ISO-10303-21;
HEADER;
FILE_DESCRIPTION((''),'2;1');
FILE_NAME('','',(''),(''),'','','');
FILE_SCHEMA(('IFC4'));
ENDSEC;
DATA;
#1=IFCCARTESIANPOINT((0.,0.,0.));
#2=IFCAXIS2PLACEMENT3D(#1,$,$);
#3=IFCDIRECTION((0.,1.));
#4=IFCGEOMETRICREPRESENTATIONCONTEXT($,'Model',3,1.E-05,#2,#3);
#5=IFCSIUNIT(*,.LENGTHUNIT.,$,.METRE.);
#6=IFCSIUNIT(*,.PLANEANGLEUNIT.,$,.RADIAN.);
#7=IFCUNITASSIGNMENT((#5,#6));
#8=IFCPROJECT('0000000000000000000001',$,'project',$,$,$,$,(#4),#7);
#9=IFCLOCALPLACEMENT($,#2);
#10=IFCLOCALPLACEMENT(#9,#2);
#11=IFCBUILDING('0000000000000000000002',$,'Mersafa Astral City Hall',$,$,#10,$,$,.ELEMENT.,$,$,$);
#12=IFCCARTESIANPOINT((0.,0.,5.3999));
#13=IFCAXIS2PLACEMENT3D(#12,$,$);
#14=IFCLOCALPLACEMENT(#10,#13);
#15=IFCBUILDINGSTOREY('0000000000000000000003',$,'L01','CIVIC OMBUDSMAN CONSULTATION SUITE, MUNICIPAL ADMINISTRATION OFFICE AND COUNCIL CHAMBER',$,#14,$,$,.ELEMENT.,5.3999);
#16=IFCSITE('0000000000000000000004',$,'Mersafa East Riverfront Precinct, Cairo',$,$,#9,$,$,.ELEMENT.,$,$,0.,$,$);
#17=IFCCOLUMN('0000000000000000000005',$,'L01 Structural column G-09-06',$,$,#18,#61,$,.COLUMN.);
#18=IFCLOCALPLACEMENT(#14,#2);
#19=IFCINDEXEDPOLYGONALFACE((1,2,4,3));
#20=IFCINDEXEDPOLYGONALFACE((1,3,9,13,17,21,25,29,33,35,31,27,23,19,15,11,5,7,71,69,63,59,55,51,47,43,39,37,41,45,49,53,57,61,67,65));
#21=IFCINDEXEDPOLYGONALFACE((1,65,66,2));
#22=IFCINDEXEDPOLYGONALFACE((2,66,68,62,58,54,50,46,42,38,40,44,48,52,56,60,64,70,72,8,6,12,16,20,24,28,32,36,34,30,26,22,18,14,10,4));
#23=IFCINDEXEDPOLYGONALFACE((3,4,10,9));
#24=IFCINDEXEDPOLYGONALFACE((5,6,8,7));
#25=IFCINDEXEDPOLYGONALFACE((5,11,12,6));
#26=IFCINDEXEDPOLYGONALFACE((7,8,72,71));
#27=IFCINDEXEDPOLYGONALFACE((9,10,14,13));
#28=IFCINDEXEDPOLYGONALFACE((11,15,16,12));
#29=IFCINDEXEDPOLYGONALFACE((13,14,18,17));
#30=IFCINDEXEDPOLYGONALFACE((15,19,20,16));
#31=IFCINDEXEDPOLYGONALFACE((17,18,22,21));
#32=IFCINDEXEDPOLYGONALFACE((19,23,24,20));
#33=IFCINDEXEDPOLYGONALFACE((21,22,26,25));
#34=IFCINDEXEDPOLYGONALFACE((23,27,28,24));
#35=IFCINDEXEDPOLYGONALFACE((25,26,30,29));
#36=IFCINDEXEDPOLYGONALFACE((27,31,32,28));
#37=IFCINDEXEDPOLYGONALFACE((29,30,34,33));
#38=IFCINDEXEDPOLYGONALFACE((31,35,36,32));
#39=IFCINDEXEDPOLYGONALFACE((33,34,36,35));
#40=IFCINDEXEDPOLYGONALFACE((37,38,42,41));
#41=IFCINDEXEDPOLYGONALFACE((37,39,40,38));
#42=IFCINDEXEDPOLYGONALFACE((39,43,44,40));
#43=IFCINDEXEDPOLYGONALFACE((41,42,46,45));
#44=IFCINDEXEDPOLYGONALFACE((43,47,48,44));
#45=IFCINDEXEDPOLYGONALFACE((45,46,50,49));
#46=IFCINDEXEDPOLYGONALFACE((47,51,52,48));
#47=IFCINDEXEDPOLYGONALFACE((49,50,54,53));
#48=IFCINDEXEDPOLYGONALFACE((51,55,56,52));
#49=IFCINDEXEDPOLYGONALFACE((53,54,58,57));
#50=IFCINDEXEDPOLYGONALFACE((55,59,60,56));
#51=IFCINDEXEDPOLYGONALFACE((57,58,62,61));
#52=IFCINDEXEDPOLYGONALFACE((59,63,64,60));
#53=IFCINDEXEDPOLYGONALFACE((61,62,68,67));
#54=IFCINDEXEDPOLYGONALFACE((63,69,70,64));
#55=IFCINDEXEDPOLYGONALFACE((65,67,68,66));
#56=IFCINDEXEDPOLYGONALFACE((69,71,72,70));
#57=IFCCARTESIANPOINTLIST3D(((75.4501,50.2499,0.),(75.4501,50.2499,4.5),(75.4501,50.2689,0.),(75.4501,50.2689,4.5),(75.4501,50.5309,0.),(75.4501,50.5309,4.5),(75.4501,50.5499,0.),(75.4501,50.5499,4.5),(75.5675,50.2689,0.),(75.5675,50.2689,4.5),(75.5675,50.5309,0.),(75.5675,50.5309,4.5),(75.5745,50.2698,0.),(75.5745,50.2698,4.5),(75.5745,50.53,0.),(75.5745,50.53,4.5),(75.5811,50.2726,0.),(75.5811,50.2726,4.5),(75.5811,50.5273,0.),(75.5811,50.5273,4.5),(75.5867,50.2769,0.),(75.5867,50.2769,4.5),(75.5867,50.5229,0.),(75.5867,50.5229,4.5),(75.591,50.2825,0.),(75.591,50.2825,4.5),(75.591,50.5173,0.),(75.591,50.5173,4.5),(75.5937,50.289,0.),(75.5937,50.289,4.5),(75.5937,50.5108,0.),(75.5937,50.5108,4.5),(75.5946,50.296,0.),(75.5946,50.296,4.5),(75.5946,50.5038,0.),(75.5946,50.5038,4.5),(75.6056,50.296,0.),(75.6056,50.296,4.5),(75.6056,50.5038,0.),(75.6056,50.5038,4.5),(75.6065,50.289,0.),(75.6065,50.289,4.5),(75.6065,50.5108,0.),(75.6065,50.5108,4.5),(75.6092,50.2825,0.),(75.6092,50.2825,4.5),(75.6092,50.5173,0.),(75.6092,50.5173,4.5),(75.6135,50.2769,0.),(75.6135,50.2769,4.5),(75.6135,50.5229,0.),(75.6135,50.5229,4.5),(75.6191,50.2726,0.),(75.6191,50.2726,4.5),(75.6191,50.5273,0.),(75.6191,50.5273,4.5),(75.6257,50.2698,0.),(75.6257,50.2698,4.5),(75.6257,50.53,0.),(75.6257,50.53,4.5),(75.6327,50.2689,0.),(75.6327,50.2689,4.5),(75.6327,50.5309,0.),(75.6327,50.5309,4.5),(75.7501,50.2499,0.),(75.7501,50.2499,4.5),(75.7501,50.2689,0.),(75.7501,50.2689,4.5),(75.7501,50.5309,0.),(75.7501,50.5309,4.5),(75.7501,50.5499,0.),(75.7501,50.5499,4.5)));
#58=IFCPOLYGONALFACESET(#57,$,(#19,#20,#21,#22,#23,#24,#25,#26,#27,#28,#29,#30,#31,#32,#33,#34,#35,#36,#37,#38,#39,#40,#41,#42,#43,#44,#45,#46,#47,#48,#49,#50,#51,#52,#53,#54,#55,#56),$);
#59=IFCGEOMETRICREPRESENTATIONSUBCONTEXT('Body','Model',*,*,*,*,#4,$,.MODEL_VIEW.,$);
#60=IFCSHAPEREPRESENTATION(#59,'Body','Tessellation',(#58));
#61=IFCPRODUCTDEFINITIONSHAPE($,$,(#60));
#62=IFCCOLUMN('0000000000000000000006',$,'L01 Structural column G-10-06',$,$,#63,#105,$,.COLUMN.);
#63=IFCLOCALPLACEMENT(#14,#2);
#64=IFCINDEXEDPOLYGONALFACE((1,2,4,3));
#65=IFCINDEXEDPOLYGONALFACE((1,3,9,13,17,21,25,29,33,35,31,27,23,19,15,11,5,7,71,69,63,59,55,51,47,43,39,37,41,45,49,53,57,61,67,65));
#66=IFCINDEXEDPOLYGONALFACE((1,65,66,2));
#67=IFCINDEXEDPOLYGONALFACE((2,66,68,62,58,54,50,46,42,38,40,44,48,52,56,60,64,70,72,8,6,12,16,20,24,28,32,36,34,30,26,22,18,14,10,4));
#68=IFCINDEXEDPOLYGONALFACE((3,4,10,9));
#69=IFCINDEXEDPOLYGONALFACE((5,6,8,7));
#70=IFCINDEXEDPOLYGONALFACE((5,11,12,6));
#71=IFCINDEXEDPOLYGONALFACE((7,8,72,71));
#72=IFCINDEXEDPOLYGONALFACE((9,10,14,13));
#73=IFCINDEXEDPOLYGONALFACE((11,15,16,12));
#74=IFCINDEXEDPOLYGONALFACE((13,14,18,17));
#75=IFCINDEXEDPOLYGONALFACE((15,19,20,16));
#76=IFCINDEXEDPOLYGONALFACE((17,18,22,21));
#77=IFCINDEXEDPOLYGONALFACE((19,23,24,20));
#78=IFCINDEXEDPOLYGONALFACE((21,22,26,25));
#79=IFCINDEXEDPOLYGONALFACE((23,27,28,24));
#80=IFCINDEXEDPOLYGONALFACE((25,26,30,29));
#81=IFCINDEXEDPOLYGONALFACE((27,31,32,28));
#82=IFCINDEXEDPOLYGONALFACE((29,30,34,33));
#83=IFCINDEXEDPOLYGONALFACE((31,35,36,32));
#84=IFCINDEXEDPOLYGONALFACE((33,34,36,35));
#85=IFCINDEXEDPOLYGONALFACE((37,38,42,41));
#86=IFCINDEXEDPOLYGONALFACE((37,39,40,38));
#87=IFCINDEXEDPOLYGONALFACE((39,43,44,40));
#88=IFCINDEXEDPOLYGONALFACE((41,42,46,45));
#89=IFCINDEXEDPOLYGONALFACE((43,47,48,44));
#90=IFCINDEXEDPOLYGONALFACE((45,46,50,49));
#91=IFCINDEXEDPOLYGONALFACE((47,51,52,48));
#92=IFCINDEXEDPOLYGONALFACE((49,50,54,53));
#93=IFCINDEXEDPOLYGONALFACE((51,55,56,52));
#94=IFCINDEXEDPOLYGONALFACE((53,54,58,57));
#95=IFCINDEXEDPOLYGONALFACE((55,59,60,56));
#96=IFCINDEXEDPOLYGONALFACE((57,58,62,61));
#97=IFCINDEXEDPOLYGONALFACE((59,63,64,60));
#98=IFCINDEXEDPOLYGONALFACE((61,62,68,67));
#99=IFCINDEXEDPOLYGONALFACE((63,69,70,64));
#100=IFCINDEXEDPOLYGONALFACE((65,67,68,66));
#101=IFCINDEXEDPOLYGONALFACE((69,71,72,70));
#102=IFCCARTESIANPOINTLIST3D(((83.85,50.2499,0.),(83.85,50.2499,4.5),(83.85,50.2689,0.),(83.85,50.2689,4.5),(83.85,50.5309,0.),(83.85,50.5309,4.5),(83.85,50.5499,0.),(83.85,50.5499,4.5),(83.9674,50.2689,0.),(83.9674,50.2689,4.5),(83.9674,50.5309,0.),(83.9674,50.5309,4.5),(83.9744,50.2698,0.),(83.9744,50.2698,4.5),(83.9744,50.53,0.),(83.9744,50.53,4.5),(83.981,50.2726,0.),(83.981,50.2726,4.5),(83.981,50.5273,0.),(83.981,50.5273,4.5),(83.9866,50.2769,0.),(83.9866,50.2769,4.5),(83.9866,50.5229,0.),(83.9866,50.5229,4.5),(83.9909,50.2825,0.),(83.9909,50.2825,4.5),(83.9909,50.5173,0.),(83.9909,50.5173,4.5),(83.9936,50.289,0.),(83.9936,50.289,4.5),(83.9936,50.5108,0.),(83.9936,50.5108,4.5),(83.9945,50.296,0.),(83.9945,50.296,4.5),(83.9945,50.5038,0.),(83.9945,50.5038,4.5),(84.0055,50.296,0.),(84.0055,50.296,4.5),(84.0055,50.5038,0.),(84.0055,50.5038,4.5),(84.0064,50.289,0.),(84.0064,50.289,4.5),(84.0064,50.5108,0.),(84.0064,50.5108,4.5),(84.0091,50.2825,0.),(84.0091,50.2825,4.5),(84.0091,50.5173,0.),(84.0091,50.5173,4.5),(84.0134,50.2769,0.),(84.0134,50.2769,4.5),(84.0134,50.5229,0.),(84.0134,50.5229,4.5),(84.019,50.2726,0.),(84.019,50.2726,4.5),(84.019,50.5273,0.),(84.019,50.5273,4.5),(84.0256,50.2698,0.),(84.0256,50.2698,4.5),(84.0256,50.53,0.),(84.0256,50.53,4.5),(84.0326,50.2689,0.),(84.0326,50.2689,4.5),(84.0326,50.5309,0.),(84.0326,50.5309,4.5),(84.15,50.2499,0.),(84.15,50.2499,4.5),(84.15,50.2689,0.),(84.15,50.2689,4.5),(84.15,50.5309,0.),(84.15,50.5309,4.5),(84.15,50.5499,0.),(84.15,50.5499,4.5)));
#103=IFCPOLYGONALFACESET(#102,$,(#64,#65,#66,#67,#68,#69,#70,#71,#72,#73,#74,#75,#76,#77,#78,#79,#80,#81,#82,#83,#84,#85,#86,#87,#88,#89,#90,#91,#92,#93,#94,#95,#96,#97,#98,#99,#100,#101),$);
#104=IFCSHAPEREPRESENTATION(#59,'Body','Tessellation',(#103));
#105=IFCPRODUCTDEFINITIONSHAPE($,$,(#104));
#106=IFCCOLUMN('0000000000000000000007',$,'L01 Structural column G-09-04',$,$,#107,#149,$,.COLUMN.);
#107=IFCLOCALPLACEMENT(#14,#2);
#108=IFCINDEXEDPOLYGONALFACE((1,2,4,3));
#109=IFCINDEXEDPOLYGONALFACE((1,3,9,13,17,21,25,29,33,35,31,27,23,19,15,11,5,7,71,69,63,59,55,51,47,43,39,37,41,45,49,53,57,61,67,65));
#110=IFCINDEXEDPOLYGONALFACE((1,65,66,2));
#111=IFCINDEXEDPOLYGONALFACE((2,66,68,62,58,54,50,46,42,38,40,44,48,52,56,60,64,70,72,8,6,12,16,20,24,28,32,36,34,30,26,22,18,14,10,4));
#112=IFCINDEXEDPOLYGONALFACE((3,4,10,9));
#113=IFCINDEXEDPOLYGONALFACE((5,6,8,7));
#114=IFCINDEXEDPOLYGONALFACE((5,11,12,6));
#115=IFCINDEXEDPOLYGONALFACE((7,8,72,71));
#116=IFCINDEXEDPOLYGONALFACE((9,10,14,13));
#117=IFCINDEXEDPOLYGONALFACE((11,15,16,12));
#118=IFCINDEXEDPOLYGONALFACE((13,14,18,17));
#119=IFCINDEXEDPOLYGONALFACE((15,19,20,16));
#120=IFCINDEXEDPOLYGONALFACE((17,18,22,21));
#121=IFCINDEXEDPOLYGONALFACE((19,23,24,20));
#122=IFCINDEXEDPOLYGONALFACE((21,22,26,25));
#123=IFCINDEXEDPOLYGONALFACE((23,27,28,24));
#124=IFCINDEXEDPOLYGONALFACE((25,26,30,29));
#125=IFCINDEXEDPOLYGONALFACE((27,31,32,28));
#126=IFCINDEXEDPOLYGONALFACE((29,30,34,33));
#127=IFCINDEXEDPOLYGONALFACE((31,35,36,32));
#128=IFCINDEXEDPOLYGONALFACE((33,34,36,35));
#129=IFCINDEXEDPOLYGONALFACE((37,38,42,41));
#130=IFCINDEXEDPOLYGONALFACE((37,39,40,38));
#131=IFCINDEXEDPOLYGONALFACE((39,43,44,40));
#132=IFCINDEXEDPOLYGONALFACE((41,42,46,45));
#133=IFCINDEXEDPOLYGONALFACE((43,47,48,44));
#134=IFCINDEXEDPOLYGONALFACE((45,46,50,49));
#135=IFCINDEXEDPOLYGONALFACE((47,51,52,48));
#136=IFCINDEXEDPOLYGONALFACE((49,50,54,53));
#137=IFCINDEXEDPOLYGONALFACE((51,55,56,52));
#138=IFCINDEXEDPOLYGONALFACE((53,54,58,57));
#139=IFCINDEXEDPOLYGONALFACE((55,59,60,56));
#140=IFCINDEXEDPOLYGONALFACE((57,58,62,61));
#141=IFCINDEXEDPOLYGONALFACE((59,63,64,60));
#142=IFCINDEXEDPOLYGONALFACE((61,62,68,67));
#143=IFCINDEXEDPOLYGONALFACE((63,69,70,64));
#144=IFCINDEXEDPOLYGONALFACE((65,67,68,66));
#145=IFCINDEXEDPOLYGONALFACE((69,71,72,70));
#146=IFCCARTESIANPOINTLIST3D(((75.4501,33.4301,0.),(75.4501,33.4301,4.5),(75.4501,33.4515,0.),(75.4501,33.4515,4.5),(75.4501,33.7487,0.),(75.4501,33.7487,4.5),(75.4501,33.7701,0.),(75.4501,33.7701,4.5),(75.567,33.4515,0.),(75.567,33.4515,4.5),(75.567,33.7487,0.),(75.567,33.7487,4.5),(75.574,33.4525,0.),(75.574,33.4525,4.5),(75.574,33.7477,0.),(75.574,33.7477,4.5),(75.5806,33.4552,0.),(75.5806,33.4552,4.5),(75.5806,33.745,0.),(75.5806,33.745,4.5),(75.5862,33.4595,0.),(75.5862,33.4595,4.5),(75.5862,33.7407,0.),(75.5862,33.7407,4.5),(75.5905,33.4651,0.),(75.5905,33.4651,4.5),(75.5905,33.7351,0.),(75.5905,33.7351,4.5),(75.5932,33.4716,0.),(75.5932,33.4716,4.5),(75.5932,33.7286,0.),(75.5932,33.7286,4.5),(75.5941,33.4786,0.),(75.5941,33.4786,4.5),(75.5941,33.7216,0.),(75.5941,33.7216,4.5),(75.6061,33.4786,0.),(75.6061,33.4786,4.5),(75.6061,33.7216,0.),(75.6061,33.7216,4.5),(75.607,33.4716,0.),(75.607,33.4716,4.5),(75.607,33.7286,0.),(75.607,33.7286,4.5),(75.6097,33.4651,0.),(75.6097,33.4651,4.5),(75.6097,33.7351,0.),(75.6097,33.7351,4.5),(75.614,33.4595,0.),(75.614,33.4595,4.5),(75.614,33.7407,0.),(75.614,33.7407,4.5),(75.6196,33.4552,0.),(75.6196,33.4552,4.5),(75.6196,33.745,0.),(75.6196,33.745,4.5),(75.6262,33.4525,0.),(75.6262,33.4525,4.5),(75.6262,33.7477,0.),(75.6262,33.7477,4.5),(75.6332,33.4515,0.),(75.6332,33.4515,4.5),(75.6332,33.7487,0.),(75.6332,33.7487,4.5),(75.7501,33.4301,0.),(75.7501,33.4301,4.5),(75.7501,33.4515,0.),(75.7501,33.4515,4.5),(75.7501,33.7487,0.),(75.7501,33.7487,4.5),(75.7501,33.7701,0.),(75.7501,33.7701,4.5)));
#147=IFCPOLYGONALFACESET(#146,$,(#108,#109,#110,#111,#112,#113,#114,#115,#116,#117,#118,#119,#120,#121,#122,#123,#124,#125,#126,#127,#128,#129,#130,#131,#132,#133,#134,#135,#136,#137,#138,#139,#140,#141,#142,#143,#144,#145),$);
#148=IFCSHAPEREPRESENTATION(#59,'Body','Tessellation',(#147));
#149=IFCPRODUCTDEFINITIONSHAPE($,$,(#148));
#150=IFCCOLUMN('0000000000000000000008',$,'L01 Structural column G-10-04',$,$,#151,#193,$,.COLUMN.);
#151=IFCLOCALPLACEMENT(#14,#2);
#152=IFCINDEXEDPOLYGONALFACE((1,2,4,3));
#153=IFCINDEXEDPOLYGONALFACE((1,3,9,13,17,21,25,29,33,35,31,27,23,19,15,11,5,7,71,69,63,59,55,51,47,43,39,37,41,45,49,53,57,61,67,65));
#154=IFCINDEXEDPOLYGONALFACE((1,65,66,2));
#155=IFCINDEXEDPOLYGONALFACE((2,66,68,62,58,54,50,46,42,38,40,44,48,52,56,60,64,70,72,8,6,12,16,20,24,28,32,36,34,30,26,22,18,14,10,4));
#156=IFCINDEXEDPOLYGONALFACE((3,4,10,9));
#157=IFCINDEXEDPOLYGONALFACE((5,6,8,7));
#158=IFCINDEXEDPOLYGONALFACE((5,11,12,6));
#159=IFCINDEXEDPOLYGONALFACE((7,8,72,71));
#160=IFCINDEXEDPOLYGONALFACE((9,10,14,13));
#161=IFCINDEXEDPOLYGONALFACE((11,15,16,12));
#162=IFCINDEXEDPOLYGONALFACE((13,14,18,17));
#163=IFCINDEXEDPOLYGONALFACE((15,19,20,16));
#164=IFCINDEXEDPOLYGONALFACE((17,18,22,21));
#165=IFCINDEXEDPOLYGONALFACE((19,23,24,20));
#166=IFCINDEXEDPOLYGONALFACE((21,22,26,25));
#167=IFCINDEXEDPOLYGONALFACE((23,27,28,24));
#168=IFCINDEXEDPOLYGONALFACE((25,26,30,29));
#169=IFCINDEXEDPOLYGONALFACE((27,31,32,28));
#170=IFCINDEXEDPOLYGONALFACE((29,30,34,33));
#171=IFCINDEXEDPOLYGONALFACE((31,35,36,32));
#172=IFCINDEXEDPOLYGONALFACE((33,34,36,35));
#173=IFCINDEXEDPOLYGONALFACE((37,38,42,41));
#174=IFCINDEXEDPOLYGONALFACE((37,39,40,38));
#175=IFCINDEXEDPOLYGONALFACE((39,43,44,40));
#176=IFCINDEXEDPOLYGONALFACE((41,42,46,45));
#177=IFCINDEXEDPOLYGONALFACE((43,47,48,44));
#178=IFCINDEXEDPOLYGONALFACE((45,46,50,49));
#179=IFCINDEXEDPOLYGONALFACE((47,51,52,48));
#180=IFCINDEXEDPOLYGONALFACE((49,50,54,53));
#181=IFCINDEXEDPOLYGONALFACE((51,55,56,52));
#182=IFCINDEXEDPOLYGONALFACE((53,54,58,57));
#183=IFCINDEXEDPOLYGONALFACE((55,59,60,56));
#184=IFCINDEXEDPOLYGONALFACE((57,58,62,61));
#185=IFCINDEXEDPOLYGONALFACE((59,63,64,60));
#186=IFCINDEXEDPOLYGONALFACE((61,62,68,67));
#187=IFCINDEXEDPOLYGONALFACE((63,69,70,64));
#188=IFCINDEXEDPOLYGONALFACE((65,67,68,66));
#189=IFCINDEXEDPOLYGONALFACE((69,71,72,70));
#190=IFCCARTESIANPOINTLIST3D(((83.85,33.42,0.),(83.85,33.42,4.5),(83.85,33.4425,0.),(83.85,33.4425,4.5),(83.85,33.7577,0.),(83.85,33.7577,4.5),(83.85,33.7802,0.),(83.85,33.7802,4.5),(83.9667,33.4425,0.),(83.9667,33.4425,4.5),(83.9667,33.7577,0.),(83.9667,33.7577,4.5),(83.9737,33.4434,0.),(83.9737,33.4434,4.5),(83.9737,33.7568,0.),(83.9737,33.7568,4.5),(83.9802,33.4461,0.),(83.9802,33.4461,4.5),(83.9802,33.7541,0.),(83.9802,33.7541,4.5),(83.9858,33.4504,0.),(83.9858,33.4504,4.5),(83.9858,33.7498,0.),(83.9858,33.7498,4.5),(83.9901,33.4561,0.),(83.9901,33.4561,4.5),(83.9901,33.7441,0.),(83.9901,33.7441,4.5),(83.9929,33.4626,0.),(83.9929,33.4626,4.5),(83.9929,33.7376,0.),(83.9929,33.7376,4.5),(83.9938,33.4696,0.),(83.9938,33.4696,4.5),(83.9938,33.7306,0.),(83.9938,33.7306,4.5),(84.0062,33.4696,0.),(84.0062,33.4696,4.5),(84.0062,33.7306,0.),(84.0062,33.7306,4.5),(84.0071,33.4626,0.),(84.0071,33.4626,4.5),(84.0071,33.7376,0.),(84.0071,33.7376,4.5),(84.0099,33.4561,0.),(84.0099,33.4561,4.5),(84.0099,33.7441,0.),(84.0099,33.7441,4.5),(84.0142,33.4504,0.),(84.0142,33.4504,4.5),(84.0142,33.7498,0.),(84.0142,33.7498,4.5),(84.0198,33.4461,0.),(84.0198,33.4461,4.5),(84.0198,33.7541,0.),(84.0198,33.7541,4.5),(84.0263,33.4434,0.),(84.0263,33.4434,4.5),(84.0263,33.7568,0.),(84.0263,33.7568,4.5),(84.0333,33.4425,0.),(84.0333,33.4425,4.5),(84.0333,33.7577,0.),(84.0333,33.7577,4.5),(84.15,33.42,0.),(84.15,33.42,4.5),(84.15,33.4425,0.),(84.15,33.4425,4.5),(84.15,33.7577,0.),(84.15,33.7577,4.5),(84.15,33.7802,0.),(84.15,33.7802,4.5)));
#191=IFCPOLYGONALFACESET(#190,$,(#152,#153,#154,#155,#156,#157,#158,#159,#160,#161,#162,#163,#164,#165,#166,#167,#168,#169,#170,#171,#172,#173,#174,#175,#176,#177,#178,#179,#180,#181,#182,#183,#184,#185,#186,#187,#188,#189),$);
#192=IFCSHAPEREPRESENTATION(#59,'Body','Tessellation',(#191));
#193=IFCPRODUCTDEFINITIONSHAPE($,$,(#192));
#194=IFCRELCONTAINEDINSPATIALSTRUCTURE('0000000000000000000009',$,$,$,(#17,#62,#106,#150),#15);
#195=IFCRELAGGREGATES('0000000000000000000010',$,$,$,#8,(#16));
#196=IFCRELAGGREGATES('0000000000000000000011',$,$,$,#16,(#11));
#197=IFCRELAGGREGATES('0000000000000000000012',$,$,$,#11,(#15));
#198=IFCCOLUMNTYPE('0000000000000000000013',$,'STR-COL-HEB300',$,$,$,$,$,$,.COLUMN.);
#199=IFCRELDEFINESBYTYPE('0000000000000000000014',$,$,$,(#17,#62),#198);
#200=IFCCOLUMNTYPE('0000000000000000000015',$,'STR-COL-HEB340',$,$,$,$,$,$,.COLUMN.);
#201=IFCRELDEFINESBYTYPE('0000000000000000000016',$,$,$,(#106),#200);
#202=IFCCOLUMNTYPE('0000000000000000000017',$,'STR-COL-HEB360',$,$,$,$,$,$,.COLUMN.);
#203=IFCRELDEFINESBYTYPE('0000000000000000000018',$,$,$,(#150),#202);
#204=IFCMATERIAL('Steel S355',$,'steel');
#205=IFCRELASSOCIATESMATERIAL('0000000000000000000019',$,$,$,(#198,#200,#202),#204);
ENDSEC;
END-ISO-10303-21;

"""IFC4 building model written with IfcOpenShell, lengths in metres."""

from ifc_helpers import new_model, si_unit, direction, frame, origin, origin_2d, place, context, subcontext, project, spatial, i_section, extrude, material, material_profile, profile_set, type_object, element, save


model = new_model("IFC4")

# Units and contexts
model_context = context("Model", 3, precision=1e-05, world=origin(), true_north=direction((0.0, 1.0)))
body_context = subcontext(model_context, "Body", "Model", "MODEL_VIEW")
ifc_project = project(units=[si_unit("LENGTHUNIT", "METRE"), si_unit("PLANEANGLEUNIT", "RADIAN")], contexts=[model_context])

# Site, building, storey
site_placement = place(None, origin())
site = spatial("IfcSite", under=ifc_project, at=site_placement, Name="Mersafa East Riverfront Precinct, Cairo", CompositionType="ELEMENT", RefElevation=0.0)
building_placement = place(site_placement, origin())
building = spatial("IfcBuilding", under=site, at=building_placement, Name="Mersafa Astral City Hall", CompositionType="ELEMENT")
storey_placement = place(building_placement, frame((0.0, 0.0, 5.3999)))
storey = spatial("IfcBuildingStorey", under=building, at=storey_placement, Name="L01", Description="CIVIC OMBUDSMAN CONSULTATION SUITE, MUNICIPAL ADMINISTRATION OFFICE AND COUNCIL CHAMBER", CompositionType="ELEMENT", Elevation=5.3999)

# Columns
ifc_material_1 = material(Name="Steel S355", Category="steel")
ifc_material_profile_1 = material_profile(ifc_material_1, i_section(OverallWidth=0.3, OverallDepth=0.3, WebThickness=0.011, FlangeThickness=0.019, FilletRadius=0.0271, at=origin_2d()), Name="HEB 300")
ifc_profile_set_1 = profile_set([ifc_material_profile_1], Name="Steel S355")
column_type_1 = type_object("IfcColumnType", Name="STR-COL-HEB300", PredefinedType="COLUMN", material=ifc_profile_set_1)
for number, where, z_axis, x_axis, name in (
    (1, (75.6001, 50.3999, 0.0), (0.0, 0.0, 1.0), (1.0, 0.0, 0.0), "L01 Structural column G-09-06"),
    (2, (84.0, 50.3999, 0.0), (0.0, 0.0, 1.0), (1.0, 0.0, 0.0), "L01 Structural column G-10-06"),
):
    element("IfcColumn", number, at=place(storey_placement, frame(where, z_axis=z_axis, x_axis=x_axis)), inside=storey, type_object=column_type_1, Name=name, PredefinedType="COLUMN", context=body_context, shape_type="SweptSolid", body=[
        extrude(i_section(OverallWidth=0.3, OverallDepth=0.3, WebThickness=0.011, FlangeThickness=0.019, FilletRadius=0.0271, at=origin_2d()), origin(), (0.0, 0.0, 1.0), 4.5),
    ])
ifc_material_profile_2 = material_profile(ifc_material_1, i_section(OverallWidth=0.3, OverallDepth=0.3401, WebThickness=0.012, FlangeThickness=0.0215, FilletRadius=0.0271, at=origin_2d()), Name="HEB 340")
ifc_profile_set_2 = profile_set([ifc_material_profile_2], Name="Steel S355")
column_type_2 = type_object("IfcColumnType", Name="STR-COL-HEB340", PredefinedType="COLUMN", material=ifc_profile_set_2)
column_1_placement = place(storey_placement, frame((75.6001, 33.6001, 0.0), z_axis=(0.0, 0.0, 1.0), x_axis=(1.0, 0.0, 0.0)))
element("IfcColumn", 3, at=column_1_placement, inside=storey, type_object=column_type_2, Name="L01 Structural column G-09-04", PredefinedType="COLUMN", context=body_context, shape_type="SweptSolid", body=[
    extrude(i_section(OverallWidth=0.3, OverallDepth=0.3401, WebThickness=0.012, FlangeThickness=0.0215, FilletRadius=0.0271, at=origin_2d()), origin(), (0.0, 0.0, 1.0), 4.5),
])
ifc_material_profile_3 = material_profile(ifc_material_1, i_section(OverallWidth=0.3, OverallDepth=0.3601, WebThickness=0.0125, FlangeThickness=0.0225, FilletRadius=0.0271, at=origin_2d()), Name="HEB 360")
ifc_profile_set_3 = profile_set([ifc_material_profile_3], Name="Steel S355")
column_type_3 = type_object("IfcColumnType", Name="STR-COL-HEB360", PredefinedType="COLUMN", material=ifc_profile_set_3)
column_2_placement = place(storey_placement, frame((84.0, 33.6001, 0.0), z_axis=(0.0, 0.0, 1.0), x_axis=(1.0, 0.0, 0.0)))
element("IfcColumn", 4, at=column_2_placement, inside=storey, type_object=column_type_3, Name="L01 Structural column G-10-04", PredefinedType="COLUMN", context=body_context, shape_type="SweptSolid", body=[
    extrude(i_section(OverallWidth=0.3, OverallDepth=0.3601, WebThickness=0.0125, FlangeThickness=0.0225, FilletRadius=0.0271, at=origin_2d()), origin(), (0.0, 0.0, 1.0), 4.5),
])

save(model, "model.ifc")
